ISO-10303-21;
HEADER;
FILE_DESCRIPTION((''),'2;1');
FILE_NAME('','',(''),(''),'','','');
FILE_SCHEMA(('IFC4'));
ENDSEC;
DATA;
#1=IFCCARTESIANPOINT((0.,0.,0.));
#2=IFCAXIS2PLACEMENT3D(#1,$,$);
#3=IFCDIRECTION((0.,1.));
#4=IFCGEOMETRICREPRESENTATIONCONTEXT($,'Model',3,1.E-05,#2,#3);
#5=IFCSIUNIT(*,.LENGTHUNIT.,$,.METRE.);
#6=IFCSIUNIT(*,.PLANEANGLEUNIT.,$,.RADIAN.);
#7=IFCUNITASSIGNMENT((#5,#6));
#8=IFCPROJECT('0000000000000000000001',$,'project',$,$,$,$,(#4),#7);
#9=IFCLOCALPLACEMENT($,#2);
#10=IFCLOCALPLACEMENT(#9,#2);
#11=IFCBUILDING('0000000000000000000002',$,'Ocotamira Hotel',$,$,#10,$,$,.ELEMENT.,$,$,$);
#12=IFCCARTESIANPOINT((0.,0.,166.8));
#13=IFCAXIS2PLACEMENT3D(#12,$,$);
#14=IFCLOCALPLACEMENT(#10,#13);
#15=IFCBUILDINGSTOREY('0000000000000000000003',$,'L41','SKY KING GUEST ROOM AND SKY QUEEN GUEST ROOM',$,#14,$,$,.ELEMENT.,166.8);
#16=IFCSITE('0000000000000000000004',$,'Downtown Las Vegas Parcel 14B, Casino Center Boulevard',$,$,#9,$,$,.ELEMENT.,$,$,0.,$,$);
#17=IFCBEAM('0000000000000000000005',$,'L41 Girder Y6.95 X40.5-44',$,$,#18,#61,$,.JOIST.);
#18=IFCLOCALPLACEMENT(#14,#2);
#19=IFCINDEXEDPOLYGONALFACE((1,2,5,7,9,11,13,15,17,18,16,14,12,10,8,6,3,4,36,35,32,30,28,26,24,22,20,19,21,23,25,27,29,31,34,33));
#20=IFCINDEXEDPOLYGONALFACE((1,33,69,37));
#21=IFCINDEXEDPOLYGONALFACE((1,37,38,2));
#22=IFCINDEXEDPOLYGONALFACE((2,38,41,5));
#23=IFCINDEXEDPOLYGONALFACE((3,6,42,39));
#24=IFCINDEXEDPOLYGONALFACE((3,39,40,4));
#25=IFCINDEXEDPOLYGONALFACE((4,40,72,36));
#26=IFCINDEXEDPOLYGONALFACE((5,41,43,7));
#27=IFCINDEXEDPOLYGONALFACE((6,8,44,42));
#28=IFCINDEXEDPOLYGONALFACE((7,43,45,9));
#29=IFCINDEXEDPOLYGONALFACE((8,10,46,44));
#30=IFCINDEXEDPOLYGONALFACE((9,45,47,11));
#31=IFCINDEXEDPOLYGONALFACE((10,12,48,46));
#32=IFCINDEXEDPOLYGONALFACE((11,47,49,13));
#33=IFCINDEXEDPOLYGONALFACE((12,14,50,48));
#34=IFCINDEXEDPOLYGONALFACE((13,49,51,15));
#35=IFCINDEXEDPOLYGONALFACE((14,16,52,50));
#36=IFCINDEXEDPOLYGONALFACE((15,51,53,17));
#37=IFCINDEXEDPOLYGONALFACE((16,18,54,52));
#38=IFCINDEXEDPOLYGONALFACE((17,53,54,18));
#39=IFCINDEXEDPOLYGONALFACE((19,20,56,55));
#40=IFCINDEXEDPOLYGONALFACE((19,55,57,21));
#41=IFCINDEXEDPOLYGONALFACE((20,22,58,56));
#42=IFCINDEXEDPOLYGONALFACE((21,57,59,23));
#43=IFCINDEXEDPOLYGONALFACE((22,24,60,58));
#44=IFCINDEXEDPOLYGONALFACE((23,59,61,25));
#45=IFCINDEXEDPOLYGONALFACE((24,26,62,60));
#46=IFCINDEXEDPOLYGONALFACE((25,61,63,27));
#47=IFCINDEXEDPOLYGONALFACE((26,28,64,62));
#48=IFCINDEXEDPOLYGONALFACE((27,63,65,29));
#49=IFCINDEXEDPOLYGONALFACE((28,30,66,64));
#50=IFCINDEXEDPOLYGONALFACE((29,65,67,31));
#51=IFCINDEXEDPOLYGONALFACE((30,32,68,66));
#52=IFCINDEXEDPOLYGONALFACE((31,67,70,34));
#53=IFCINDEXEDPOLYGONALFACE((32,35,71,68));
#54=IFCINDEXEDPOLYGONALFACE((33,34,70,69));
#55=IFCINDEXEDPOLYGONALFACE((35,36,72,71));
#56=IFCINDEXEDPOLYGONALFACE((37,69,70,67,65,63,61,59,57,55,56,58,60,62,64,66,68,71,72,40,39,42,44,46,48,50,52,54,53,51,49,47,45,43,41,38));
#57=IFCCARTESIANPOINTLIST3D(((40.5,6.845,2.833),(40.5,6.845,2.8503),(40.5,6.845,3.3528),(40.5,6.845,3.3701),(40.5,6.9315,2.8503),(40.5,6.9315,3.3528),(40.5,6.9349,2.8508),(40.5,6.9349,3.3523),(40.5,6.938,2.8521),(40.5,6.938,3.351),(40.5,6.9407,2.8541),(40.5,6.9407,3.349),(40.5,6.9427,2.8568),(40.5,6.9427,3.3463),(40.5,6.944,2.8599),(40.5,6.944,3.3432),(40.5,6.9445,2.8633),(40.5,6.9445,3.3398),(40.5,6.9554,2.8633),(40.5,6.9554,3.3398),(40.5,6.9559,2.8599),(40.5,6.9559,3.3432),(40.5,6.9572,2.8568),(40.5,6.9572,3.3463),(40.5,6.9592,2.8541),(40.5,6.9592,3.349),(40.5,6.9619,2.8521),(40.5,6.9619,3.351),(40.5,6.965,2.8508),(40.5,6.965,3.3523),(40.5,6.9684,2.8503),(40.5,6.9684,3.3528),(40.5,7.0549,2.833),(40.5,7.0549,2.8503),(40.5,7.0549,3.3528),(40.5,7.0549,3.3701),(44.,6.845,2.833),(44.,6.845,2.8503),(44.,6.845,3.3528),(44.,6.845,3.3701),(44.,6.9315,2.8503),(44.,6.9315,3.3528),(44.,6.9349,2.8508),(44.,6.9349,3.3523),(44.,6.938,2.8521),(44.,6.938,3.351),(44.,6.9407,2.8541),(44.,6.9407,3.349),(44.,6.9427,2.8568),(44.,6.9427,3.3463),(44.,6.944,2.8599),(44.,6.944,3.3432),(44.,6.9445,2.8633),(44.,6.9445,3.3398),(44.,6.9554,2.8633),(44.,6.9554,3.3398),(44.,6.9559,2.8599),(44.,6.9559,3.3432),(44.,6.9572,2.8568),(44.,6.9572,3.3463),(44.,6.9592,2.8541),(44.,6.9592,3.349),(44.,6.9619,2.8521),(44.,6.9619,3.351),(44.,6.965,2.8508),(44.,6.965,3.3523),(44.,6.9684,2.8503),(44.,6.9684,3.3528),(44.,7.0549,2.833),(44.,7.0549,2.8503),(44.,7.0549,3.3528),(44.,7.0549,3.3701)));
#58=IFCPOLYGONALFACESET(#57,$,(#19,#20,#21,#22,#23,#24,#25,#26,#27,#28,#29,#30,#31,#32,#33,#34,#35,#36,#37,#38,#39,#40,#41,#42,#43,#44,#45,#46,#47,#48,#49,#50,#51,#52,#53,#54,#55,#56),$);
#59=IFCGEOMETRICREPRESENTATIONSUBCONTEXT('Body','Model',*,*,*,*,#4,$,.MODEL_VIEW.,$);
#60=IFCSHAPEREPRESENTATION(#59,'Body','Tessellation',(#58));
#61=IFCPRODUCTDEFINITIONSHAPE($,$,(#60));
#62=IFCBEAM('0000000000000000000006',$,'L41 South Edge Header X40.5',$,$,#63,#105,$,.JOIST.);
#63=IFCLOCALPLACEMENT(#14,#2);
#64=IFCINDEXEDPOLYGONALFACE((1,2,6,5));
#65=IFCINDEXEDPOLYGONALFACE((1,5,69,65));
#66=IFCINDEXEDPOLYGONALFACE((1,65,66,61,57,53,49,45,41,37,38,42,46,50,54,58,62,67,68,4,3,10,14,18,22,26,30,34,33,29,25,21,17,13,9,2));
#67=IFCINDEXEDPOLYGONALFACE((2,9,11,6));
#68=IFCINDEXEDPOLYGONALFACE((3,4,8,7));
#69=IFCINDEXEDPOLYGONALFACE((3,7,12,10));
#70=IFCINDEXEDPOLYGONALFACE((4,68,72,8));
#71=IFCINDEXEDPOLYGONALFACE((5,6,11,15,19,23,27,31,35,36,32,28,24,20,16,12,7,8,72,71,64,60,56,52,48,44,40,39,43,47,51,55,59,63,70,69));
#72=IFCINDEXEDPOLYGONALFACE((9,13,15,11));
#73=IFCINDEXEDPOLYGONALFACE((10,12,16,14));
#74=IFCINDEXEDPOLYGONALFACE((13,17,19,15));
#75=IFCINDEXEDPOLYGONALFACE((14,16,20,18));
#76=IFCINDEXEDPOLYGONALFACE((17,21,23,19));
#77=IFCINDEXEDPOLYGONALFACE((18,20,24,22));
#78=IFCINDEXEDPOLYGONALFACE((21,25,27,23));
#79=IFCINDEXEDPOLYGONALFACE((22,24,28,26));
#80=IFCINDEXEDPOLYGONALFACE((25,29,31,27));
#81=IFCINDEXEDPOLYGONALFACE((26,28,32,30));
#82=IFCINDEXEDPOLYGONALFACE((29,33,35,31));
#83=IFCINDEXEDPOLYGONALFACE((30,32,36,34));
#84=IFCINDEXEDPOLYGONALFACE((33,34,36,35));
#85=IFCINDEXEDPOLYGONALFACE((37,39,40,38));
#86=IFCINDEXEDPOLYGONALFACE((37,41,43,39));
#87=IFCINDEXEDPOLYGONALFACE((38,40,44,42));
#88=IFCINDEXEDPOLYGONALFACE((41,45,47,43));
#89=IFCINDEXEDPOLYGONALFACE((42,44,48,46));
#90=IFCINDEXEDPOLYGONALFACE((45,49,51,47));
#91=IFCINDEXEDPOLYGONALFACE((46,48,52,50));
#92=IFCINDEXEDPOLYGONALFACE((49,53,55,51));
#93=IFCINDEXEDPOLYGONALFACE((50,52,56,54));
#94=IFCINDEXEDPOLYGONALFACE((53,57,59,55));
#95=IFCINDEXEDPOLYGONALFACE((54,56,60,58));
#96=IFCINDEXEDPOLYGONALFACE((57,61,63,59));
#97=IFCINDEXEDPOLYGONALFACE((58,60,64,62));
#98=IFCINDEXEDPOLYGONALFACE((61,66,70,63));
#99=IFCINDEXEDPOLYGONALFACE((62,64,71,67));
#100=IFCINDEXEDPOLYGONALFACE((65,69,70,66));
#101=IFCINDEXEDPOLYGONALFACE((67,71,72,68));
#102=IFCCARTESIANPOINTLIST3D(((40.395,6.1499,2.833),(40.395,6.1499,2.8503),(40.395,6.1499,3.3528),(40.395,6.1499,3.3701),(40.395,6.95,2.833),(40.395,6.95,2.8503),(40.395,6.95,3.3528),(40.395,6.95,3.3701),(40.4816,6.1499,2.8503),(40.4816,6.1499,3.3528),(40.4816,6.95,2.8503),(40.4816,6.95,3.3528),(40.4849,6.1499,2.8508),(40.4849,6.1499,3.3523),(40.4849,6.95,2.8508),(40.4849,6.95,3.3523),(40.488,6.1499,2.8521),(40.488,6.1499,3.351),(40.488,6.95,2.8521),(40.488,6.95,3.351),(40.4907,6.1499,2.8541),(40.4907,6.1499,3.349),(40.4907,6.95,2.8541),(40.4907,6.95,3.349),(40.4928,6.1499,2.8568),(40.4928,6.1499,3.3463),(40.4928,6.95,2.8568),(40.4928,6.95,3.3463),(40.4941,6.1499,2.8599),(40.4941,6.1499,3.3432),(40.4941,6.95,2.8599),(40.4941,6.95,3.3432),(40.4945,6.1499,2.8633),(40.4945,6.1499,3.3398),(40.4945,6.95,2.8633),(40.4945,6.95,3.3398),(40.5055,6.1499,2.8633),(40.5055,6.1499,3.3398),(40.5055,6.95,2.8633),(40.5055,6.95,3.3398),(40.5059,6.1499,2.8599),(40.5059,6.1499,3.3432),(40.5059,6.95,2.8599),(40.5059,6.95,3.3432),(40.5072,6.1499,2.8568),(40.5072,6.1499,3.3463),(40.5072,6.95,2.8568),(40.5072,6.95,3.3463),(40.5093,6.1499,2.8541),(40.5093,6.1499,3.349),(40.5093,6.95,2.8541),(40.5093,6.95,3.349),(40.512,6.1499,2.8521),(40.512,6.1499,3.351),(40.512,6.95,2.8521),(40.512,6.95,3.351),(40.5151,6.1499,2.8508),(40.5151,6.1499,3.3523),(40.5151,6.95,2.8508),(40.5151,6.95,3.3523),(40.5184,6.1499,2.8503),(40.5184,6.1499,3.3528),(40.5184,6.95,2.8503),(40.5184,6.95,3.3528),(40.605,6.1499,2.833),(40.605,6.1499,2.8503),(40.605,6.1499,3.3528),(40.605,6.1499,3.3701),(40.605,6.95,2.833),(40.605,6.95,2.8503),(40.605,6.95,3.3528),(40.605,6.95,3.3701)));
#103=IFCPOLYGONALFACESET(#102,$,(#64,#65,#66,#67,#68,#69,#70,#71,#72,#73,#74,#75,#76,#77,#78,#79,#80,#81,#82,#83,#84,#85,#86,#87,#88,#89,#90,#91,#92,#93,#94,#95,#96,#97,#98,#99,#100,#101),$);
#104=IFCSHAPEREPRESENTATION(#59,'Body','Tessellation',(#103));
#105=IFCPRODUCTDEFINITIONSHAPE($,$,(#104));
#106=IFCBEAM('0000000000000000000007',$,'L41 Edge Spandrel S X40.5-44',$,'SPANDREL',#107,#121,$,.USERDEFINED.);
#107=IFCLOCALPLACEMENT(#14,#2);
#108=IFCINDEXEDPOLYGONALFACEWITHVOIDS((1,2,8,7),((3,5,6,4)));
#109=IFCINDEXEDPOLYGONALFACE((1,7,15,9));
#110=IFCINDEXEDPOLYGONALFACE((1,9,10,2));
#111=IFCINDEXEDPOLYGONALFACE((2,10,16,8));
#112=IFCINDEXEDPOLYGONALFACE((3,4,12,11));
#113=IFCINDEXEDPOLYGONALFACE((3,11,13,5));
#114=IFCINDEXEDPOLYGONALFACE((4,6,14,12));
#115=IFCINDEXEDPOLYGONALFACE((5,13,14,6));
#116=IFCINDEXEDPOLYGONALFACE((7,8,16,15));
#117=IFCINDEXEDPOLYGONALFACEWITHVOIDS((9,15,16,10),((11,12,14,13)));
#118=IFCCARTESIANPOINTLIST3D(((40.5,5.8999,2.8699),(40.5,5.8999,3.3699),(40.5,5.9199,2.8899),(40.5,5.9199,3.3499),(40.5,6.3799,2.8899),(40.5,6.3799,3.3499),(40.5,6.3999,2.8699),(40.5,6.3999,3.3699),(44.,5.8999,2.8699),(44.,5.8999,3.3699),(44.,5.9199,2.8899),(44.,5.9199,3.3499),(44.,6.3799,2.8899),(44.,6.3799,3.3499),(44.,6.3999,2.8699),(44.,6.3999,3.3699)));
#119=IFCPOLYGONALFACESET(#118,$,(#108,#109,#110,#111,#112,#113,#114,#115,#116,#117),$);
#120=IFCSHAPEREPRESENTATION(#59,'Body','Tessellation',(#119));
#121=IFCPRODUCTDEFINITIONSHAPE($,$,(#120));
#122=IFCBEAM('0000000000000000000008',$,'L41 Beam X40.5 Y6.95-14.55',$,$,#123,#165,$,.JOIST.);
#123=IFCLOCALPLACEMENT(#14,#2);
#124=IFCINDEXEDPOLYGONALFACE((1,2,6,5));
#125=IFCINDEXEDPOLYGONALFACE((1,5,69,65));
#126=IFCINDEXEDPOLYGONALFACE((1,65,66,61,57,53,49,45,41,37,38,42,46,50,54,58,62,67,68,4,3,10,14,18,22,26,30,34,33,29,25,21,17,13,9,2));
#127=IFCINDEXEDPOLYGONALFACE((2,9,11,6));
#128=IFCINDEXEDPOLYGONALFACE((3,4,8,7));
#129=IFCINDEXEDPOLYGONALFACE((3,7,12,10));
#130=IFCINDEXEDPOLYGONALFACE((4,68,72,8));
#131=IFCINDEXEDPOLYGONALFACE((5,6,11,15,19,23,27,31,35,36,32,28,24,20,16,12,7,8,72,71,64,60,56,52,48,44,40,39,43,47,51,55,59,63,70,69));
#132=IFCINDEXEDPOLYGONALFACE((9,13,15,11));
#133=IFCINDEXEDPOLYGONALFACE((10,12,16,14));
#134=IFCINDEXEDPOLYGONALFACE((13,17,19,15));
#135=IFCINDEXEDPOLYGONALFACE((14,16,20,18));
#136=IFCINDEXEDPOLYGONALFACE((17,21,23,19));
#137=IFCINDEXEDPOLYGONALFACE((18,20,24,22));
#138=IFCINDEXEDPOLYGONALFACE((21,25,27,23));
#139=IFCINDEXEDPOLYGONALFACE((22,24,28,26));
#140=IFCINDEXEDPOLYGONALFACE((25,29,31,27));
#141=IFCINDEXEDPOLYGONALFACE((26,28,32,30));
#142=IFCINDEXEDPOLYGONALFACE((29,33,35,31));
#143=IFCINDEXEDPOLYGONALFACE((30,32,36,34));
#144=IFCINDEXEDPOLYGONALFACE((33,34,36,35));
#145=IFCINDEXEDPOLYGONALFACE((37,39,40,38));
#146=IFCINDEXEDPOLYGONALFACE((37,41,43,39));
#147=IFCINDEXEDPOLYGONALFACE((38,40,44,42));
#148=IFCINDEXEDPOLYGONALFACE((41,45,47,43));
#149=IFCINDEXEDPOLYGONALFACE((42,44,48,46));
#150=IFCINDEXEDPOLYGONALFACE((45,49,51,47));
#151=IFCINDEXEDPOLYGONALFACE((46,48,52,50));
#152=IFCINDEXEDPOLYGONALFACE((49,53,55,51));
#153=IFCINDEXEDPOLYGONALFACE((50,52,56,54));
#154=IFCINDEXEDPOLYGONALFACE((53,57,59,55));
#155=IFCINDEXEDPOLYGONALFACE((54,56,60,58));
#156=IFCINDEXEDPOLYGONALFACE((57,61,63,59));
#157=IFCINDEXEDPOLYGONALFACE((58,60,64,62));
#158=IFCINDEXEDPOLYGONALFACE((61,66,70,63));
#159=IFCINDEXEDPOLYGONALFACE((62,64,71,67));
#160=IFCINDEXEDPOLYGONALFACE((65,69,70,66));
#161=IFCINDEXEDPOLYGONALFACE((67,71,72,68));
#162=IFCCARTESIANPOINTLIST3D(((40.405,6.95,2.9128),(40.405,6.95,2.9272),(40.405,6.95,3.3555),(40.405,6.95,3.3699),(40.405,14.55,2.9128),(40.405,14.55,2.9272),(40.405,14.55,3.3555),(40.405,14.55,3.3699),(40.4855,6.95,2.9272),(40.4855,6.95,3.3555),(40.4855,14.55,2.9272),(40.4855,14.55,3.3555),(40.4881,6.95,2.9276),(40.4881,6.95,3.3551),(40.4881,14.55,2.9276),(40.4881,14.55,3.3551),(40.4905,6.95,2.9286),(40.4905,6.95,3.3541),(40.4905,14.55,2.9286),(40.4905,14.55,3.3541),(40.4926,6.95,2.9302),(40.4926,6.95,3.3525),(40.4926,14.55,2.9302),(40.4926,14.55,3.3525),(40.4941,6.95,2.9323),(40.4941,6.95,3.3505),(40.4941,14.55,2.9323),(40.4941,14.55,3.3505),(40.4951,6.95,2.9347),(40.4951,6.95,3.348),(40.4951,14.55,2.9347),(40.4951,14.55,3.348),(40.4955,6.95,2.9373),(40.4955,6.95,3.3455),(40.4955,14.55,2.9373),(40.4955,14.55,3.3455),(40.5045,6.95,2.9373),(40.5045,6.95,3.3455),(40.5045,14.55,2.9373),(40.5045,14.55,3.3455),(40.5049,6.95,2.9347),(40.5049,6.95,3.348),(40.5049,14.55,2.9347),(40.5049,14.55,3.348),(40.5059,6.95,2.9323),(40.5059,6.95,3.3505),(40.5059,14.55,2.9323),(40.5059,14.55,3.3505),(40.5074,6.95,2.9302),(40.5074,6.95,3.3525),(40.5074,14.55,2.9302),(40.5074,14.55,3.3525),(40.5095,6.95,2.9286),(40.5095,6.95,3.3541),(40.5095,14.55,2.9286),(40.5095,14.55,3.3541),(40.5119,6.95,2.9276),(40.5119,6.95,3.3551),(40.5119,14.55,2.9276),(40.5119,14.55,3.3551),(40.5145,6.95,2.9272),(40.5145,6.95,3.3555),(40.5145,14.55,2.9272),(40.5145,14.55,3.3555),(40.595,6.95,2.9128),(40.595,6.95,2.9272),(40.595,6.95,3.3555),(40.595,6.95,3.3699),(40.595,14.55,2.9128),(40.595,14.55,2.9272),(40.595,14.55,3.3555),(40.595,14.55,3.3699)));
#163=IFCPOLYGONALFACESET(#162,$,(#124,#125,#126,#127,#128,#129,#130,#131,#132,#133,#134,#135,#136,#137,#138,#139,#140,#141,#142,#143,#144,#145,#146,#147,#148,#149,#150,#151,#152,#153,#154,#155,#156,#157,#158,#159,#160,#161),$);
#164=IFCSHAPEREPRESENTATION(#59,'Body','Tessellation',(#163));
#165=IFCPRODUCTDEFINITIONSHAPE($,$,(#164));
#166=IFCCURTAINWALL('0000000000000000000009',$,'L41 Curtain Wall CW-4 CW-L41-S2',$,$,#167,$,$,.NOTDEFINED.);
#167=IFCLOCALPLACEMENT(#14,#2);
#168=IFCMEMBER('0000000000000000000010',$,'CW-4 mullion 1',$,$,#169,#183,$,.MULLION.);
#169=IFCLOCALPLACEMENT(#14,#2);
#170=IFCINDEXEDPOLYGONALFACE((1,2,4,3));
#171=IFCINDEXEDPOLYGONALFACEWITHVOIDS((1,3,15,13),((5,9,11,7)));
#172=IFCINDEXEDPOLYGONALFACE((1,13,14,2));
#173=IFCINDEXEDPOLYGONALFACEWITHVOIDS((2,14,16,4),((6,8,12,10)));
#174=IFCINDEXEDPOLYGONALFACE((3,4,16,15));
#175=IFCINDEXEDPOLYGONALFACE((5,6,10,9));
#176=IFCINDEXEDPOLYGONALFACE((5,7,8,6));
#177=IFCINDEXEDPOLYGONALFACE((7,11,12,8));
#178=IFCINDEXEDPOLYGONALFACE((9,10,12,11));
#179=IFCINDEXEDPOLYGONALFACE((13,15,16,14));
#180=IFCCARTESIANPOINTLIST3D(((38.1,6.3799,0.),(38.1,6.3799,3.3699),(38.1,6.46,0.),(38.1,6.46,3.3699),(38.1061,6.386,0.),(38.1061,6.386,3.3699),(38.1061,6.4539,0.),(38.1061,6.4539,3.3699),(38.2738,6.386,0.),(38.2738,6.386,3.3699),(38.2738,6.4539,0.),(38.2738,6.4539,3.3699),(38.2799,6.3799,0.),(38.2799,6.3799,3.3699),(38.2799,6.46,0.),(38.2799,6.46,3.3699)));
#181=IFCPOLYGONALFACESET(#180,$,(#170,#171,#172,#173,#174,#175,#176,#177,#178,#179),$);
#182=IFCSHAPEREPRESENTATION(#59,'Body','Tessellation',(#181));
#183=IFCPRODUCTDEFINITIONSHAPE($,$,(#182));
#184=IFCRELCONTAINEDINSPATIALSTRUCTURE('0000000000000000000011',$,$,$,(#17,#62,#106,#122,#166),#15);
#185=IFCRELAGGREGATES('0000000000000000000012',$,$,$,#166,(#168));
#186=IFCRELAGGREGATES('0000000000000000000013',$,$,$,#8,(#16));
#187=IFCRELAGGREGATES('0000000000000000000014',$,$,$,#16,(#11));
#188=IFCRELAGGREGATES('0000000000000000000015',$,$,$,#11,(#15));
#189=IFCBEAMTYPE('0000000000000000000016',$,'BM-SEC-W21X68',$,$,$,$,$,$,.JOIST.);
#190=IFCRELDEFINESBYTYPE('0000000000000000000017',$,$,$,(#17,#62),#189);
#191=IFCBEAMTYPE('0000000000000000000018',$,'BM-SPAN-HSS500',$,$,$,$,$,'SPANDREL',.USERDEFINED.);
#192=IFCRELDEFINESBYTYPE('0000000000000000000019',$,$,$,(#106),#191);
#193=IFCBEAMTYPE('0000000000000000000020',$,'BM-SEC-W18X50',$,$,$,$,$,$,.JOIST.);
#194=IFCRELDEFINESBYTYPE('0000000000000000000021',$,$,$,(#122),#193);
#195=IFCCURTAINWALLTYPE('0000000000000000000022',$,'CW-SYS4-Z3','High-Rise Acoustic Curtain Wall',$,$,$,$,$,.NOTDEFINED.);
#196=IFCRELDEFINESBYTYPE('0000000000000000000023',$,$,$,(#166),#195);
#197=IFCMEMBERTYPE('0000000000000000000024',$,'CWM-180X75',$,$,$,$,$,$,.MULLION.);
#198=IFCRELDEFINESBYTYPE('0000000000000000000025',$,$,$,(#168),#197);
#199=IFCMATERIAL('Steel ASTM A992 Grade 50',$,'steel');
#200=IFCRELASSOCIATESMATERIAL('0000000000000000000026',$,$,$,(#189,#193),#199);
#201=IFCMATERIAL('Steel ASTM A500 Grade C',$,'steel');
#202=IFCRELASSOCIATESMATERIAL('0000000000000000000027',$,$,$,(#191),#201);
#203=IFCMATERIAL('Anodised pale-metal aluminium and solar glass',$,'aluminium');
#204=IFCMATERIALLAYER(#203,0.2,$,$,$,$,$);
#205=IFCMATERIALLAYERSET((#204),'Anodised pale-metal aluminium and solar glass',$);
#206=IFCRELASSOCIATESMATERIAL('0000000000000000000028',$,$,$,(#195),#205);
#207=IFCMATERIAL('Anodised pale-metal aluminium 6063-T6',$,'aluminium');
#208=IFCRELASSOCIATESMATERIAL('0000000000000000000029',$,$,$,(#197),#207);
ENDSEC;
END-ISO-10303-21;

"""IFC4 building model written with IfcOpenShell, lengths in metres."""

from ifc_helpers import new_model, si_unit, direction, frame, origin, origin_2d, place, context, subcontext, project, spatial, hollow_rectangle, i_section, extrude, source, transform, mapped, material, layer, layer_set, material_profile, profile_set, type_object, element, aggregate, save


model = new_model("IFC4")

# Units and contexts
model_context = context("Model", 3, precision=1e-05, world=origin(), true_north=direction((0.0, 1.0)))
body_context = subcontext(model_context, "Body", "Model", "MODEL_VIEW")
ifc_project = project(units=[si_unit("LENGTHUNIT", "METRE"), si_unit("PLANEANGLEUNIT", "RADIAN")], contexts=[model_context])

# Site, building, storey
site_placement = place(None, origin())
site = spatial("IfcSite", under=ifc_project, at=site_placement, Name="Downtown Las Vegas Parcel 14B, Casino Center Boulevard", CompositionType="ELEMENT", RefElevation=0.0)
building_placement = place(site_placement, origin())
building = spatial("IfcBuilding", under=site, at=building_placement, Name="Ocotamira Hotel", CompositionType="ELEMENT")
storey_placement = place(building_placement, frame((0.0, 0.0, 166.8)))
storey = spatial("IfcBuildingStorey", under=building, at=storey_placement, Name="L41", Description="SKY KING GUEST ROOM AND SKY QUEEN GUEST ROOM", CompositionType="ELEMENT", Elevation=166.8)

# Beams
ifc_material_1 = material(Name="Steel ASTM A992 Grade 50", Category="steel")
ifc_material_profile_1 = material_profile(ifc_material_1, i_section(OverallWidth=0.21, OverallDepth=0.5371, WebThickness=0.011, FlangeThickness=0.0173, FilletRadius=0.0129, at=origin_2d()), Name="W21X68")
ifc_profile_set_1 = profile_set([ifc_material_profile_1], Name="Steel ASTM A992 Grade 50")
beam_type_1 = type_object("IfcBeamType", Name="BM-SEC-W21X68", PredefinedType="JOIST", material=ifc_profile_set_1)
shared_shape_1 = source(origin(), body_context, "Body", "SweptSolid", [
    extrude(i_section(OverallWidth=0.21, OverallDepth=0.5371, WebThickness=0.011, FlangeThickness=0.0173, FilletRadius=0.0129, at=origin_2d()), origin(), (0.0, 0.0, 1.0), 3.5),
])
beam_1_placement = place(storey_placement, frame((40.5, 6.95, 3.1016), z_axis=(1.0, 0.0, 0.0), x_axis=(0.0, 1.0, 0.0)))
element("IfcBeam", 1, at=beam_1_placement, inside=storey, type_object=beam_type_1, Name="L41 Girder Y6.95 X40.5-44", PredefinedType="JOIST", context=body_context, shape_type="MappedRepresentation", body=[
    mapped(shared_shape_1, transform((0.0, 0.0, 0.0), scale=1.0)),
])
shared_shape_2 = source(origin(), body_context, "Body", "SweptSolid", [
    extrude(i_section(OverallWidth=0.21, OverallDepth=0.5371, WebThickness=0.011, FlangeThickness=0.0173, FilletRadius=0.0129, at=origin_2d()), origin(), (0.0, 0.0, 1.0), 0.8),
])
beam_2_placement = place(storey_placement, frame((40.5, 6.95, 3.1016), z_axis=(0.0, -1.0, 0.0), x_axis=(1.0, 0.0, 0.0)))
element("IfcBeam", 2, at=beam_2_placement, inside=storey, type_object=beam_type_1, Name="L41 South Edge Header X40.5", PredefinedType="JOIST", context=body_context, shape_type="MappedRepresentation", body=[
    mapped(shared_shape_2, transform((0.0, 0.0, 0.0), scale=1.0)),
])
ifc_material_2 = material(Name="Steel ASTM A500 Grade C", Category="steel")
ifc_material_profile_2 = material_profile(ifc_material_2, hollow_rectangle(XDim=0.5, YDim=0.5, WallThickness=0.02, at=origin_2d()), Name="HSS500X500X20")
ifc_profile_set_2 = profile_set([ifc_material_profile_2], Name="Steel ASTM A500 Grade C")
beam_type_2 = type_object("IfcBeamType", Name="BM-SPAN-HSS500", ElementType="SPANDREL", PredefinedType="USERDEFINED", material=ifc_profile_set_2)
shared_shape_3 = source(origin(), body_context, "Body", "SweptSolid", [
    extrude(hollow_rectangle(XDim=0.5, YDim=0.5, WallThickness=0.02, at=origin_2d()), origin(), (0.0, 0.0, 1.0), 3.5),
])
beam_3_placement = place(storey_placement, frame((40.5, 6.1499, 3.1199), z_axis=(1.0, 0.0, 0.0), x_axis=(0.0, 1.0, 0.0)))
element("IfcBeam", 3, at=beam_3_placement, inside=storey, type_object=beam_type_2, Name="L41 Edge Spandrel S X40.5-44", ObjectType="SPANDREL", PredefinedType="USERDEFINED", context=body_context, shape_type="MappedRepresentation", body=[
    mapped(shared_shape_3, transform((0.0, 0.0, 0.0), scale=1.0)),
])
ifc_material_profile_3 = material_profile(ifc_material_1, i_section(OverallWidth=0.1899, OverallDepth=0.457, WebThickness=0.009, FlangeThickness=0.0144, FilletRadius=0.01, at=origin_2d()), Name="W18X50")
ifc_profile_set_3 = profile_set([ifc_material_profile_3], Name="Steel ASTM A992 Grade 50")
beam_type_3 = type_object("IfcBeamType", Name="BM-SEC-W18X50", PredefinedType="JOIST", material=ifc_profile_set_3)
shared_shape_4 = source(origin(), body_context, "Body", "SweptSolid", [
    extrude(i_section(OverallWidth=0.1899, OverallDepth=0.457, WebThickness=0.009, FlangeThickness=0.0144, FilletRadius=0.01, at=origin_2d()), origin(), (0.0, 0.0, 1.0), 7.6001),
])
beam_4_placement = place(storey_placement, frame((40.5, 6.95, 3.1414), z_axis=(0.0, 1.0, 0.0), x_axis=(-1.0, 0.0, 0.0)))
element("IfcBeam", 4, at=beam_4_placement, inside=storey, type_object=beam_type_3, Name="L41 Beam X40.5 Y6.95-14.55", PredefinedType="JOIST", context=body_context, shape_type="MappedRepresentation", body=[
    mapped(shared_shape_4, transform((0.0, 0.0, 0.0), scale=1.0)),
])

# Curtain wall, member
ifc_material_3 = material(Name="Anodised pale-metal aluminium and solar glass", Category="aluminium")
ifc_layer_1 = layer(ifc_material_3, 0.2)
ifc_layer_set_1 = layer_set([ifc_layer_1], Name="Anodised pale-metal aluminium and solar glass")
curtain_wall_type = type_object("IfcCurtainWallType", Name="CW-SYS4-Z3", Description="High-Rise Acoustic Curtain Wall", PredefinedType="NOTDEFINED", material=ifc_layer_set_1)
curtain_wall_placement = place(storey_placement, origin())
curtain_wall = element("IfcCurtainWall", 5, at=curtain_wall_placement, inside=storey, type_object=curtain_wall_type, Name="L41 Curtain Wall CW-4 CW-L41-S2", PredefinedType="NOTDEFINED")
ifc_material_4 = material(Name="Anodised pale-metal aluminium 6063-T6", Category="aluminium")
ifc_material_profile_4 = material_profile(ifc_material_4, hollow_rectangle(XDim=0.0801, YDim=0.1799, WallThickness=0.0061, at=origin_2d()), Name="HSS180X80X6")
ifc_profile_set_4 = profile_set([ifc_material_profile_4], Name="Anodised pale-metal aluminium 6063-T6")
member_type_1 = type_object("IfcMemberType", Name="CWM-180X75", PredefinedType="MULLION", material=ifc_profile_set_4)
shared_shape_5 = source(origin(), body_context, "Body", "SweptSolid", [
    extrude(hollow_rectangle(XDim=0.0801, YDim=0.1799, WallThickness=0.0061, at=origin_2d()), origin(), (0.0, 0.0, 1.0), 3.3699),
])
member_1_placement = place(storey_placement, frame((38.1899, 6.4199, 0.0), z_axis=(0.0, 0.0, 1.0), x_axis=(0.0, 1.0, 0.0)))
member_1 = element("IfcMember", 6, at=member_1_placement, type_object=member_type_1, Name="CW-4 mullion 1", PredefinedType="MULLION", context=body_context, shape_type="MappedRepresentation", body=[
    mapped(shared_shape_5, transform((0.0, 0.0, 0.0), scale=1.0)),
])
aggregate(curtain_wall, [member_1])

save(model, "model.ifc")
